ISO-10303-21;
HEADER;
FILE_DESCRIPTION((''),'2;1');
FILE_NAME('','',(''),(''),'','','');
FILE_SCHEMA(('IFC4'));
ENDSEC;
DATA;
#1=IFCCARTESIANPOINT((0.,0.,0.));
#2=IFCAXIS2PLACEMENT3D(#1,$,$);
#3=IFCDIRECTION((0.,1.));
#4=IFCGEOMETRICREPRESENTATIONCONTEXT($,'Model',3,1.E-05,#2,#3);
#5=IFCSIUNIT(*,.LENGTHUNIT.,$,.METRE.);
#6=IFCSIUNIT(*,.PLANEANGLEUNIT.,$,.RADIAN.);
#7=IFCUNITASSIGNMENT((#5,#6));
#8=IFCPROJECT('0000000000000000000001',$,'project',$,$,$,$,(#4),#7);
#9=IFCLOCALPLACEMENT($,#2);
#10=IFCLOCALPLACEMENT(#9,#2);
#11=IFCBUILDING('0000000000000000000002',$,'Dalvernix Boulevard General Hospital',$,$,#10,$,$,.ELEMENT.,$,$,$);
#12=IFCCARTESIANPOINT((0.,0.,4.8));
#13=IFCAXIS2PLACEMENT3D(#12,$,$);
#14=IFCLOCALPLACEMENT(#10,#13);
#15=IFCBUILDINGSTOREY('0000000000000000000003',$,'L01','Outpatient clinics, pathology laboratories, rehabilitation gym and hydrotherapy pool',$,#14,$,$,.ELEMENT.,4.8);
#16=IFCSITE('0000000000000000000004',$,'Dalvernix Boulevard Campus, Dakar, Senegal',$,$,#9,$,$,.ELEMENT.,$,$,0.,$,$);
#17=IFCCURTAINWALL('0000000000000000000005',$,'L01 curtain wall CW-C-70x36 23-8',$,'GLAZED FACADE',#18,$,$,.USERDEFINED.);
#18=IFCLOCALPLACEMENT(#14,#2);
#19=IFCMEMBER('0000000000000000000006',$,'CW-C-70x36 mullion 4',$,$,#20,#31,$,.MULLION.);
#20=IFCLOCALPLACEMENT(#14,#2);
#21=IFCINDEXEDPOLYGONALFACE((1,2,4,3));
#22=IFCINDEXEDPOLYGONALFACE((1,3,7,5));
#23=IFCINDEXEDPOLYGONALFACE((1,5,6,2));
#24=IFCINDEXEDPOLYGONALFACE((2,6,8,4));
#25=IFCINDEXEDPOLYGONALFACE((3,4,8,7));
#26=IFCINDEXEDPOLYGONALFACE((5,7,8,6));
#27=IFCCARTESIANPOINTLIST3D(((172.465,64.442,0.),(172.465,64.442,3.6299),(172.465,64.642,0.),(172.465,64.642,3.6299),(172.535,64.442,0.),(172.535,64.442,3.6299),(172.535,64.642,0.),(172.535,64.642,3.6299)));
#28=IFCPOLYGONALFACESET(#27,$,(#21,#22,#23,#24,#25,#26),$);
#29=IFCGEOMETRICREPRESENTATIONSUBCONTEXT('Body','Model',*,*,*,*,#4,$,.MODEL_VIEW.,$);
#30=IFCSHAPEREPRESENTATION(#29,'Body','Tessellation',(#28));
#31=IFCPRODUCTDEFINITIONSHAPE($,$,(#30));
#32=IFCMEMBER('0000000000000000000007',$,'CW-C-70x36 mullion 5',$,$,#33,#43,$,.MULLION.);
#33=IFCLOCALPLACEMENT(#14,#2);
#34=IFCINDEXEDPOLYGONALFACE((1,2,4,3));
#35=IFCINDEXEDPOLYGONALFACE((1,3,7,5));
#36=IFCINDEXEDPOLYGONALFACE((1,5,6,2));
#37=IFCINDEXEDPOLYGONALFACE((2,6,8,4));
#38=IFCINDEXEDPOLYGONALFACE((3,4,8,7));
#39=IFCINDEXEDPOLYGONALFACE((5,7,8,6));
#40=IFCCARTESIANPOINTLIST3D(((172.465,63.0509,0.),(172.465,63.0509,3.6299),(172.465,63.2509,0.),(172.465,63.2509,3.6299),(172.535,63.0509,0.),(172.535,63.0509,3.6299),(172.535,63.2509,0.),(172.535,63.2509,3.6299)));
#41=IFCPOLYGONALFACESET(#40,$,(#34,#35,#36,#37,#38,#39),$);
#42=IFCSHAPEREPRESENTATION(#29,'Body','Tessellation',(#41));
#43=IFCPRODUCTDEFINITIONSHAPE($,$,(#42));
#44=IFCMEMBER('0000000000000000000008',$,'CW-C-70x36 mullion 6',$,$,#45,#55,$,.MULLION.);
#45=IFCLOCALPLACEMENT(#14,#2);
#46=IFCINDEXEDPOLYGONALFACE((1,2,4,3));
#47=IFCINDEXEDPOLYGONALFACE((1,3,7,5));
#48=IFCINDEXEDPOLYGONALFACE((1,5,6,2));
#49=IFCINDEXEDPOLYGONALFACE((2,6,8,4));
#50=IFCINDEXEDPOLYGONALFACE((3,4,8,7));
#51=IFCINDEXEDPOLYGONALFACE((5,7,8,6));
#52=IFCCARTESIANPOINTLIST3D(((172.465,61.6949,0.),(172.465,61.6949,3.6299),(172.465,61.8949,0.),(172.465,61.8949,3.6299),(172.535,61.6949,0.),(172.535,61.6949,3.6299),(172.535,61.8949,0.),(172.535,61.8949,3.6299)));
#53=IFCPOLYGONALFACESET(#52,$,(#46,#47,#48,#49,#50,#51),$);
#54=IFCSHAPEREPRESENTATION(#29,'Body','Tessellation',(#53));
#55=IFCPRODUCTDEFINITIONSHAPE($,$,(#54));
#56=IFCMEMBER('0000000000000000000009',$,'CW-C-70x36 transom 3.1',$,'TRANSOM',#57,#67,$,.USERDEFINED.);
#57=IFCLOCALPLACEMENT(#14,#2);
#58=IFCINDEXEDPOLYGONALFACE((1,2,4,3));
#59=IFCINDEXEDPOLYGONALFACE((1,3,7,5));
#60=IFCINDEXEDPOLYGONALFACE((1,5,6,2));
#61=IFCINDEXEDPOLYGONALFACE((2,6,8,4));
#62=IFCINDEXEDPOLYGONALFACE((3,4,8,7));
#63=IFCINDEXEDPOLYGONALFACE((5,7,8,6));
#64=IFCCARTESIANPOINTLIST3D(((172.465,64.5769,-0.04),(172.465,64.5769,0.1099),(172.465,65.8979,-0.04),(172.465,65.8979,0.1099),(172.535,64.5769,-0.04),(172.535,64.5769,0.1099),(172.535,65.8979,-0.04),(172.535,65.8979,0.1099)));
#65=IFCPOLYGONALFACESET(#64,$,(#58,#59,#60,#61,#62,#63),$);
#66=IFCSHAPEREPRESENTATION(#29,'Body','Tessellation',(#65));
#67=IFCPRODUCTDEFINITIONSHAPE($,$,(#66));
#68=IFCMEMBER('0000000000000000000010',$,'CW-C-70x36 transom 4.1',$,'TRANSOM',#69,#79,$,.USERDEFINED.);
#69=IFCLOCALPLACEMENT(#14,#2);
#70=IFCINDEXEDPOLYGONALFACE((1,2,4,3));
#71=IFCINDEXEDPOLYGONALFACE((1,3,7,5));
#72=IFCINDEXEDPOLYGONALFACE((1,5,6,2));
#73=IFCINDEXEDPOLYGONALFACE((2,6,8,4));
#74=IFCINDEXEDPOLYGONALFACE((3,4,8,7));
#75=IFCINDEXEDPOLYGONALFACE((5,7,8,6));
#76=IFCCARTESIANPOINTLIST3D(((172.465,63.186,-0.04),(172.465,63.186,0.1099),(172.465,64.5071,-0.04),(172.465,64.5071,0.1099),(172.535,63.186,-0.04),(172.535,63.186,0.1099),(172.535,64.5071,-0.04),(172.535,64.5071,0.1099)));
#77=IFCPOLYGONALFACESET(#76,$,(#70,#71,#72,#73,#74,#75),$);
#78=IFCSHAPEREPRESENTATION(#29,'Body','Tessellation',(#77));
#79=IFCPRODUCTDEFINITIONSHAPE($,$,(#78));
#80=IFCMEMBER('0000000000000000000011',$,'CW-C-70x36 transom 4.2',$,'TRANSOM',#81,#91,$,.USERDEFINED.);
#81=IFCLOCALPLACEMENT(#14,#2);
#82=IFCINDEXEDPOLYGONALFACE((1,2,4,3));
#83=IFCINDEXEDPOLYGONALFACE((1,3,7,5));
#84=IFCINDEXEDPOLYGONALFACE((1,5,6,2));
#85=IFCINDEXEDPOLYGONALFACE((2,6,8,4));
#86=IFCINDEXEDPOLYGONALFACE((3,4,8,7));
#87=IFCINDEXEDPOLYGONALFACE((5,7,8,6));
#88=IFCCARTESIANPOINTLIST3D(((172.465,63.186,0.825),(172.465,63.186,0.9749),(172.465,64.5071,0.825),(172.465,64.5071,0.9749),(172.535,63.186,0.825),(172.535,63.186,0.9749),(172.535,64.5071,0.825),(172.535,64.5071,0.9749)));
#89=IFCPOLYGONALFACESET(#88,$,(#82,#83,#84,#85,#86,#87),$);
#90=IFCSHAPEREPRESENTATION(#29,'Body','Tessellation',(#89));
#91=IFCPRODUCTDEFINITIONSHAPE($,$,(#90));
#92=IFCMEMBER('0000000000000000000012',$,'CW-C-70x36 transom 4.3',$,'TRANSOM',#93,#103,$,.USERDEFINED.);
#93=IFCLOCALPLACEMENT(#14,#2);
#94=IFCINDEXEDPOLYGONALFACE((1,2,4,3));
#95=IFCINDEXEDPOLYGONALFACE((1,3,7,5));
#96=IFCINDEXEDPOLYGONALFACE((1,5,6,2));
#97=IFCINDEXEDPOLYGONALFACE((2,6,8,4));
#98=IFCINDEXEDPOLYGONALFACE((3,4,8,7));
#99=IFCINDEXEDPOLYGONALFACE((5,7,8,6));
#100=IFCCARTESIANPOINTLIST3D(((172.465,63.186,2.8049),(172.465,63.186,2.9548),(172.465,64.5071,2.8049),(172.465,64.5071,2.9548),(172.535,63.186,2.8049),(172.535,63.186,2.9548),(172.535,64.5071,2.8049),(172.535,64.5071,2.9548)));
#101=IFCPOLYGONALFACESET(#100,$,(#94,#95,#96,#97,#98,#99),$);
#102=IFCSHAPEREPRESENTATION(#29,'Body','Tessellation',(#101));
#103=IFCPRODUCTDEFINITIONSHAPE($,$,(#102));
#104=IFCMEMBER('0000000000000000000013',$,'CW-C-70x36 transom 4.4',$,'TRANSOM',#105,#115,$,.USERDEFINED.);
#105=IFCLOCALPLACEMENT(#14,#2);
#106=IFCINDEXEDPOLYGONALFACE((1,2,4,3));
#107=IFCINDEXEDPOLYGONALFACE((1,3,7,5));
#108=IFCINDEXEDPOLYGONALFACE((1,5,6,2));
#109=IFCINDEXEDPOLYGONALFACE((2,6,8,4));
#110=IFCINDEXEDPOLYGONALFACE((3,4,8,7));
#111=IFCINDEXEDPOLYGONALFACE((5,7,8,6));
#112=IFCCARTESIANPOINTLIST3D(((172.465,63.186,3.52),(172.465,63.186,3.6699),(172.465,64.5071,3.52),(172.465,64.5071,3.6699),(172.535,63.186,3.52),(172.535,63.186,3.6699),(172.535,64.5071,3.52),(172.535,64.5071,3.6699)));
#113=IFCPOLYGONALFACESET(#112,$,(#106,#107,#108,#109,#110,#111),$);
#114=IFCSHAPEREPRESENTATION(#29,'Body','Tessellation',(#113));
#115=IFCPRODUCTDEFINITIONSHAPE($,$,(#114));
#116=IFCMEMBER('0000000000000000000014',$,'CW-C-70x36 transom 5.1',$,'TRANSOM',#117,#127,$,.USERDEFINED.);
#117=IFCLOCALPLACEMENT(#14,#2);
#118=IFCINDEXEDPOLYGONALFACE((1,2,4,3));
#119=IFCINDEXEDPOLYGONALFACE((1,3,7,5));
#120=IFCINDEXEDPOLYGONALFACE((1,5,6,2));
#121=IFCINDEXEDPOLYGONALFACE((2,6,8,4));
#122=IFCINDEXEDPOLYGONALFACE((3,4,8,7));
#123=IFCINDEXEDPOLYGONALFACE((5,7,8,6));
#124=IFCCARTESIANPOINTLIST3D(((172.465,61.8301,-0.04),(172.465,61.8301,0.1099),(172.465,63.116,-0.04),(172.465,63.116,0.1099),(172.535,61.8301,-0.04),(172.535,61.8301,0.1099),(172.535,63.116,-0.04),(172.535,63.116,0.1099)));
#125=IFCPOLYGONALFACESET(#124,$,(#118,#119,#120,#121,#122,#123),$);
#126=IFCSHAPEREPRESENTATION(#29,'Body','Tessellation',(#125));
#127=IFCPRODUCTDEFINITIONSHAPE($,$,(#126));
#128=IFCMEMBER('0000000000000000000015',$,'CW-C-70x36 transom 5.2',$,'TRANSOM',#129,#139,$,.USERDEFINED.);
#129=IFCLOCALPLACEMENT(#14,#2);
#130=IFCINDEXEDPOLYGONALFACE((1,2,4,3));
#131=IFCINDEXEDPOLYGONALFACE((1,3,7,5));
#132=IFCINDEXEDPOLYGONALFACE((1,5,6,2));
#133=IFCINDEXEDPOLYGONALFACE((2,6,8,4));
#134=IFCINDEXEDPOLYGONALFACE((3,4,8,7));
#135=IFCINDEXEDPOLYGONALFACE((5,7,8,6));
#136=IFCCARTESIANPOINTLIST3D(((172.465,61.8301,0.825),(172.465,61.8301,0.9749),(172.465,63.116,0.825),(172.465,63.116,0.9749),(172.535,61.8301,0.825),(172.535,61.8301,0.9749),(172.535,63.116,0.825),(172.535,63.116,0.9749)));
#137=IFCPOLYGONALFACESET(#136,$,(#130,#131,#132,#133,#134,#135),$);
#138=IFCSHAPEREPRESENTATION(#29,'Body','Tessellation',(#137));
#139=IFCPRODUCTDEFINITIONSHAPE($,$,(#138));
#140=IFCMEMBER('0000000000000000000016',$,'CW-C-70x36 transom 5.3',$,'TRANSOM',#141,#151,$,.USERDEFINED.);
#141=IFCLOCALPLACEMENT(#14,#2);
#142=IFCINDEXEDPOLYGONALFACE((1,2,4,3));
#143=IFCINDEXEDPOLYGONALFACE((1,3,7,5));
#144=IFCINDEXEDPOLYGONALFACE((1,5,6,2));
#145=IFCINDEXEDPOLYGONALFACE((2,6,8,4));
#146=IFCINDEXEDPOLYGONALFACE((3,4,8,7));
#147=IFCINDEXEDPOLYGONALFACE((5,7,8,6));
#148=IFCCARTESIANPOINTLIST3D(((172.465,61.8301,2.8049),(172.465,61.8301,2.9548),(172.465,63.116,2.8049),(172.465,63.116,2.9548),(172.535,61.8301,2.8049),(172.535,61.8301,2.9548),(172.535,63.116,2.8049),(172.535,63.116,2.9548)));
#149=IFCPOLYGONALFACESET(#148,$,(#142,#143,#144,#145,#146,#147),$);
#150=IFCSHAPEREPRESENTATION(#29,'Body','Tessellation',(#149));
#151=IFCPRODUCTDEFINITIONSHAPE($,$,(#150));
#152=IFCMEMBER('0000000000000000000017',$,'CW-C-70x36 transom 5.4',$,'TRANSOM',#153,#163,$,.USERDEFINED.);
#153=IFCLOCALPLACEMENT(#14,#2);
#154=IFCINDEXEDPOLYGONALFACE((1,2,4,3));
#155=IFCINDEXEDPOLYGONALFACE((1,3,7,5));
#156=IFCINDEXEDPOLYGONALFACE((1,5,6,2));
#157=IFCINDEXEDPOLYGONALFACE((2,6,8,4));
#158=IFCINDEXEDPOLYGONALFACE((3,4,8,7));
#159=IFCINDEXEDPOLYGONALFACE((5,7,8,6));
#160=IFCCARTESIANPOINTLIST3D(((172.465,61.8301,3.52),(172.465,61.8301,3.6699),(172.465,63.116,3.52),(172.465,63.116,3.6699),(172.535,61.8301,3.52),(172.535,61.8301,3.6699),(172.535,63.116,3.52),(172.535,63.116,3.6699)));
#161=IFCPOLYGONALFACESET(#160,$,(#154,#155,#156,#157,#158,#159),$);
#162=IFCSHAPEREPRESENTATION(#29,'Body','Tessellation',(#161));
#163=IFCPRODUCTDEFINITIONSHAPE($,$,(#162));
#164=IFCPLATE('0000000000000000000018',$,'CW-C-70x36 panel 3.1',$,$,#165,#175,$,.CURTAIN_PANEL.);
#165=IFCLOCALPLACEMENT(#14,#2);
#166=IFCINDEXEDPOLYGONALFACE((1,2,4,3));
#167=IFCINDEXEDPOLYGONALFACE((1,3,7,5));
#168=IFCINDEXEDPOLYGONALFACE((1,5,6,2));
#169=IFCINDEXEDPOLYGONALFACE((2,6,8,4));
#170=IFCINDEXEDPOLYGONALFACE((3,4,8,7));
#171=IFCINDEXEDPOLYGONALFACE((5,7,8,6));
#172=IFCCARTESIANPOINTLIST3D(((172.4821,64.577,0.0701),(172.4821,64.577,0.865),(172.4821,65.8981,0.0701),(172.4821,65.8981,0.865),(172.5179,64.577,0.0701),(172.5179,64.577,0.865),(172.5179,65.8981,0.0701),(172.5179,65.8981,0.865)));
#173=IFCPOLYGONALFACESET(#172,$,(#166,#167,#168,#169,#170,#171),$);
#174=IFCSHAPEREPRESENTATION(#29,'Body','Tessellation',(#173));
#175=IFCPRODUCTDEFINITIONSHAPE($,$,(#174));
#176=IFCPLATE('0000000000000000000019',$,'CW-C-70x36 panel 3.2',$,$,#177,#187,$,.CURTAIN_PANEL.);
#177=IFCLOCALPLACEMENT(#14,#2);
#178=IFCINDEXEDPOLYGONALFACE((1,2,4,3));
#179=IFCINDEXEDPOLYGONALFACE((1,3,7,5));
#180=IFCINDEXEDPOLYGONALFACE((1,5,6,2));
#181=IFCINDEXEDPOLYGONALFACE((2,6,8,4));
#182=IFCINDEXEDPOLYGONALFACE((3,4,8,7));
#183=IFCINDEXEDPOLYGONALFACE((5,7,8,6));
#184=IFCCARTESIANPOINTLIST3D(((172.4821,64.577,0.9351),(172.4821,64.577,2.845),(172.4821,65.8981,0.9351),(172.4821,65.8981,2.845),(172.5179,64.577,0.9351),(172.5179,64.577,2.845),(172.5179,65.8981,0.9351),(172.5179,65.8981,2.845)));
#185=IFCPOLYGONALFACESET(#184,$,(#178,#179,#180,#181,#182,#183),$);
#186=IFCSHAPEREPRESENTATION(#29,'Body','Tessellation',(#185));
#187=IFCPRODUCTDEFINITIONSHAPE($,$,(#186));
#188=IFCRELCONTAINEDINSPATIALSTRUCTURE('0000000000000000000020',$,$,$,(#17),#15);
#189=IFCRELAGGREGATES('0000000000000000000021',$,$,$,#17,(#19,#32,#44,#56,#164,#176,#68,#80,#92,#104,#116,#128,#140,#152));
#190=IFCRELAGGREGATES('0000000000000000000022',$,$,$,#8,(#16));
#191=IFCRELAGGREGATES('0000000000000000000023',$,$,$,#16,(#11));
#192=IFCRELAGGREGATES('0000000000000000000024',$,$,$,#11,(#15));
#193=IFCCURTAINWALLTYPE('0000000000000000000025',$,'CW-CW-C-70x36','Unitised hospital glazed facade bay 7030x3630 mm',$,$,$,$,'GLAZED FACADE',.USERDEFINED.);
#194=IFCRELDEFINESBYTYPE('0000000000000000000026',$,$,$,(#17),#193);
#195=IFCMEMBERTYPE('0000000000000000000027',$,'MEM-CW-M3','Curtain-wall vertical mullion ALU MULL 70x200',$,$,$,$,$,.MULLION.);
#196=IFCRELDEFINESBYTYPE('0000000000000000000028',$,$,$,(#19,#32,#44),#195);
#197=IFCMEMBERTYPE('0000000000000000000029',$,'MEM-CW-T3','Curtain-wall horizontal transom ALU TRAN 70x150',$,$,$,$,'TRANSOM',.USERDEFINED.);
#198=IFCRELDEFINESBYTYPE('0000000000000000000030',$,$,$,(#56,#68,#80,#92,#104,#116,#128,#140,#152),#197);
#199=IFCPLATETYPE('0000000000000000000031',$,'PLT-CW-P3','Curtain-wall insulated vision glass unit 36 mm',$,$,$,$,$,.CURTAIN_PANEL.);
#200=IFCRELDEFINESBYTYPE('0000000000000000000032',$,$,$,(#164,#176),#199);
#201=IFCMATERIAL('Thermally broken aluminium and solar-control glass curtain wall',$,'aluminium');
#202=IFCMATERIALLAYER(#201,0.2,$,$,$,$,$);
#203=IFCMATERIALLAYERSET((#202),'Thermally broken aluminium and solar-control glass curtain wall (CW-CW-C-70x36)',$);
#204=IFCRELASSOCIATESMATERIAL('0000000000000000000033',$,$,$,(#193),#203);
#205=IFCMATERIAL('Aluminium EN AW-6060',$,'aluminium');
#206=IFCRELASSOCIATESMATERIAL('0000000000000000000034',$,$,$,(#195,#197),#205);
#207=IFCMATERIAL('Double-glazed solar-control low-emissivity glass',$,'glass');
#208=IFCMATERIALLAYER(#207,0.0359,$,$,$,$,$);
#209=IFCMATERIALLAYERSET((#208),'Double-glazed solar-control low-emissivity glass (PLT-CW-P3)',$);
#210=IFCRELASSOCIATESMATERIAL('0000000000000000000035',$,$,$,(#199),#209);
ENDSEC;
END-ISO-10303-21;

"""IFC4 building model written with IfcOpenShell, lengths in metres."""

from ifc_helpers import new_model, si_unit, direction, frame, origin, origin_2d, place, context, subcontext, project, spatial, rectangle, extrude, material, layer, layer_set, material_profile, profile_set, type_object, element, aggregate, save


model = new_model("IFC4")

# Units and contexts
model_context = context("Model", 3, precision=1e-05, world=origin(), true_north=direction((0.0, 1.0)))
body_context = subcontext(model_context, "Body", "Model", "MODEL_VIEW")
ifc_project = project(units=[si_unit("LENGTHUNIT", "METRE"), si_unit("PLANEANGLEUNIT", "RADIAN")], contexts=[model_context])

# Site, building, storey
site_placement = place(None, origin())
site = spatial("IfcSite", under=ifc_project, at=site_placement, Name="Dalvernix Boulevard Campus, Dakar, Senegal", CompositionType="ELEMENT", RefElevation=0.0)
building_placement = place(site_placement, origin())
building = spatial("IfcBuilding", under=site, at=building_placement, Name="Dalvernix Boulevard General Hospital", CompositionType="ELEMENT")
storey_placement = place(building_placement, frame((0.0, 0.0, 4.8)))
storey = spatial("IfcBuildingStorey", under=building, at=storey_placement, Name="L01", Description="Outpatient clinics, pathology laboratories, rehabilitation gym and hydrotherapy pool", CompositionType="ELEMENT", Elevation=4.8)

# Curtain wall, members, plates
ifc_material_1 = material(Name="Thermally broken aluminium and solar-control glass curtain wall", Category="aluminium")
ifc_layer_1 = layer(ifc_material_1, 0.2)
ifc_layer_set_1 = layer_set([ifc_layer_1], Name="Thermally broken aluminium and solar-control glass curtain wall (CW-CW-C-70x36)")
curtain_wall_type = type_object("IfcCurtainWallType", Name="CW-CW-C-70x36", Description="Unitised hospital glazed facade bay 7030x3630 mm", ElementType="GLAZED FACADE", PredefinedType="USERDEFINED", material=ifc_layer_set_1)
curtain_wall_placement = place(storey_placement, origin())
curtain_wall = element("IfcCurtainWall", 1, at=curtain_wall_placement, inside=storey, type_object=curtain_wall_type, Name="L01 curtain wall CW-C-70x36 23-8", ObjectType="GLAZED FACADE", PredefinedType="USERDEFINED")
ifc_material_2 = material(Name="Aluminium EN AW-6060", Category="aluminium")
ifc_material_profile_1 = material_profile(ifc_material_2, rectangle(XDim=0.0701, YDim=0.2, at=origin_2d()), Name="ALU MULL 70x200")
ifc_profile_set_1 = profile_set([ifc_material_profile_1], Name="Aluminium EN AW-6060")
member_type_1 = type_object("IfcMemberType", Name="MEM-CW-M3", Description="Curtain-wall vertical mullion ALU MULL 70x200", PredefinedType="MULLION", material=ifc_profile_set_1)
member_1_placement = place(storey_placement, frame((172.5, 64.542, 0.0), z_axis=(0.0, 0.0, 1.0), x_axis=(1.0, 0.0, 0.0)))
member_1 = element("IfcMember", 2, at=member_1_placement, type_object=member_type_1, Name="CW-C-70x36 mullion 4", PredefinedType="MULLION", context=body_context, shape_type="SweptSolid", body=[
    extrude(rectangle(XDim=0.0701, YDim=0.2, at=origin_2d()), origin(), (0.0, 0.0, 1.0), 3.6299),
])
member_2_placement = place(storey_placement, frame((172.5, 63.1509, 0.0), z_axis=(0.0, 0.0, 1.0), x_axis=(1.0, 0.0, 0.0)))
member_2 = element("IfcMember", 3, at=member_2_placement, type_object=member_type_1, Name="CW-C-70x36 mullion 5", PredefinedType="MULLION", context=body_context, shape_type="SweptSolid", body=[
    extrude(rectangle(XDim=0.0701, YDim=0.2, at=origin_2d()), origin(), (0.0, 0.0, 1.0), 3.6299),
])
member_3_placement = place(storey_placement, frame((172.5, 61.7949, 0.0), z_axis=(0.0, 0.0, 1.0), x_axis=(1.0, 0.0, 0.0)))
member_3 = element("IfcMember", 4, at=member_3_placement, type_object=member_type_1, Name="CW-C-70x36 mullion 6", PredefinedType="MULLION", context=body_context, shape_type="SweptSolid", body=[
    extrude(rectangle(XDim=0.0701, YDim=0.2, at=origin_2d()), origin(), (0.0, 0.0, 1.0), 3.6299),
])
ifc_material_profile_2 = material_profile(ifc_material_2, rectangle(XDim=0.0701, YDim=0.1499, at=origin_2d()), Name="ALU TRAN 70x150")
ifc_profile_set_2 = profile_set([ifc_material_profile_2], Name="Aluminium EN AW-6060")
member_type_2 = type_object("IfcMemberType", Name="MEM-CW-T3", Description="Curtain-wall horizontal transom ALU TRAN 70x150", ElementType="TRANSOM", PredefinedType="USERDEFINED", material=ifc_profile_set_2)
member_4_placement = place(storey_placement, frame((172.5, 65.8979, 0.0349), z_axis=(0.0, -1.0, 0.0), x_axis=(1.0, 0.0, 0.0)))
member_4 = element("IfcMember", 5, at=member_4_placement, type_object=member_type_2, Name="CW-C-70x36 transom 3.1", ObjectType="TRANSOM", PredefinedType="USERDEFINED", context=body_context, shape_type="SweptSolid", body=[
    extrude(rectangle(XDim=0.0701, YDim=0.1499, at=origin_2d()), origin(), (0.0, 0.0, 1.0), 1.321),
])
member_5_placement = place(storey_placement, frame((172.5, 64.5071, 0.0349), z_axis=(0.0, -1.0, 0.0), x_axis=(1.0, 0.0, 0.0)))
member_5 = element("IfcMember", 6, at=member_5_placement, type_object=member_type_2, Name="CW-C-70x36 transom 4.1", ObjectType="TRANSOM", PredefinedType="USERDEFINED", context=body_context, shape_type="SweptSolid", body=[
    extrude(rectangle(XDim=0.0701, YDim=0.1499, at=origin_2d()), origin(), (0.0, 0.0, 1.0), 1.321),
])
member_6_placement = place(storey_placement, frame((172.5, 64.5071, 0.8999), z_axis=(0.0, -1.0, 0.0), x_axis=(1.0, 0.0, 0.0)))
member_6 = element("IfcMember", 7, at=member_6_placement, type_object=member_type_2, Name="CW-C-70x36 transom 4.2", ObjectType="TRANSOM", PredefinedType="USERDEFINED", context=body_context, shape_type="SweptSolid", body=[
    extrude(rectangle(XDim=0.0701, YDim=0.1499, at=origin_2d()), origin(), (0.0, 0.0, 1.0), 1.321),
])
member_7_placement = place(storey_placement, frame((172.5, 64.5071, 2.8799), z_axis=(0.0, -1.0, 0.0), x_axis=(1.0, 0.0, 0.0)))
member_7 = element("IfcMember", 8, at=member_7_placement, type_object=member_type_2, Name="CW-C-70x36 transom 4.3", ObjectType="TRANSOM", PredefinedType="USERDEFINED", context=body_context, shape_type="SweptSolid", body=[
    extrude(rectangle(XDim=0.0701, YDim=0.1499, at=origin_2d()), origin(), (0.0, 0.0, 1.0), 1.321),
])
member_8_placement = place(storey_placement, frame((172.5, 64.5071, 3.595), z_axis=(0.0, -1.0, 0.0), x_axis=(1.0, 0.0, 0.0)))
member_8 = element("IfcMember", 9, at=member_8_placement, type_object=member_type_2, Name="CW-C-70x36 transom 4.4", ObjectType="TRANSOM", PredefinedType="USERDEFINED", context=body_context, shape_type="SweptSolid", body=[
    extrude(rectangle(XDim=0.0701, YDim=0.1499, at=origin_2d()), origin(), (0.0, 0.0, 1.0), 1.321),
])
member_9_placement = place(storey_placement, frame((172.5, 63.116, 0.0349), z_axis=(0.0, -1.0, 0.0), x_axis=(1.0, 0.0, 0.0)))
member_9 = element("IfcMember", 10, at=member_9_placement, type_object=member_type_2, Name="CW-C-70x36 transom 5.1", ObjectType="TRANSOM", PredefinedType="USERDEFINED", context=body_context, shape_type="SweptSolid", body=[
    extrude(rectangle(XDim=0.0701, YDim=0.1499, at=origin_2d()), origin(), (0.0, 0.0, 1.0), 1.2859),
])
member_10_placement = place(storey_placement, frame((172.5, 63.116, 0.8999), z_axis=(0.0, -1.0, 0.0), x_axis=(1.0, 0.0, 0.0)))
member_10 = element("IfcMember", 11, at=member_10_placement, type_object=member_type_2, Name="CW-C-70x36 transom 5.2", ObjectType="TRANSOM", PredefinedType="USERDEFINED", context=body_context, shape_type="SweptSolid", body=[
    extrude(rectangle(XDim=0.0701, YDim=0.1499, at=origin_2d()), origin(), (0.0, 0.0, 1.0), 1.2859),
])
member_11_placement = place(storey_placement, frame((172.5, 63.116, 2.8799), z_axis=(0.0, -1.0, 0.0), x_axis=(1.0, 0.0, 0.0)))
member_11 = element("IfcMember", 12, at=member_11_placement, type_object=member_type_2, Name="CW-C-70x36 transom 5.3", ObjectType="TRANSOM", PredefinedType="USERDEFINED", context=body_context, shape_type="SweptSolid", body=[
    extrude(rectangle(XDim=0.0701, YDim=0.1499, at=origin_2d()), origin(), (0.0, 0.0, 1.0), 1.2859),
])
member_12_placement = place(storey_placement, frame((172.5, 63.116, 3.595), z_axis=(0.0, -1.0, 0.0), x_axis=(1.0, 0.0, 0.0)))
member_12 = element("IfcMember", 13, at=member_12_placement, type_object=member_type_2, Name="CW-C-70x36 transom 5.4", ObjectType="TRANSOM", PredefinedType="USERDEFINED", context=body_context, shape_type="SweptSolid", body=[
    extrude(rectangle(XDim=0.0701, YDim=0.1499, at=origin_2d()), origin(), (0.0, 0.0, 1.0), 1.2859),
])
ifc_material_3 = material(Name="Double-glazed solar-control low-emissivity glass", Category="glass")
ifc_layer_2 = layer(ifc_material_3, 0.0359)
ifc_layer_set_2 = layer_set([ifc_layer_2], Name="Double-glazed solar-control low-emissivity glass (PLT-CW-P3)")
plate_type = type_object("IfcPlateType", Name="PLT-CW-P3", Description="Curtain-wall insulated vision glass unit 36 mm", PredefinedType="CURTAIN_PANEL", material=ifc_layer_set_2)
plate_1_placement = place(storey_placement, frame((172.5, 65.2375, 0.0701), z_axis=(0.0, 0.0, 1.0), x_axis=(0.0, -1.0, 0.0)))
plate_1 = element("IfcPlate", 14, at=plate_1_placement, type_object=plate_type, Name="CW-C-70x36 panel 3.1", PredefinedType="CURTAIN_PANEL", context=body_context, shape_type="SweptSolid", body=[
    extrude(rectangle(XDim=1.321, YDim=0.0359, at=origin_2d()), origin(), (0.0, 0.0, 1.0), 0.7949),
])
plate_2_placement = place(storey_placement, frame((172.5, 65.2375, 0.9351), z_axis=(0.0, 0.0, 1.0), x_axis=(0.0, -1.0, 0.0)))
plate_2 = element("IfcPlate", 15, at=plate_2_placement, type_object=plate_type, Name="CW-C-70x36 panel 3.2", PredefinedType="CURTAIN_PANEL", context=body_context, shape_type="SweptSolid", body=[
    extrude(rectangle(XDim=1.321, YDim=0.0359, at=origin_2d()), origin(), (0.0, 0.0, 1.0), 1.9099),
])
aggregate(curtain_wall, [member_1, member_2, member_3, member_4, plate_1, plate_2, member_5, member_6, member_7, member_8, member_9, member_10, member_11, member_12])

save(model, "model.ifc")
